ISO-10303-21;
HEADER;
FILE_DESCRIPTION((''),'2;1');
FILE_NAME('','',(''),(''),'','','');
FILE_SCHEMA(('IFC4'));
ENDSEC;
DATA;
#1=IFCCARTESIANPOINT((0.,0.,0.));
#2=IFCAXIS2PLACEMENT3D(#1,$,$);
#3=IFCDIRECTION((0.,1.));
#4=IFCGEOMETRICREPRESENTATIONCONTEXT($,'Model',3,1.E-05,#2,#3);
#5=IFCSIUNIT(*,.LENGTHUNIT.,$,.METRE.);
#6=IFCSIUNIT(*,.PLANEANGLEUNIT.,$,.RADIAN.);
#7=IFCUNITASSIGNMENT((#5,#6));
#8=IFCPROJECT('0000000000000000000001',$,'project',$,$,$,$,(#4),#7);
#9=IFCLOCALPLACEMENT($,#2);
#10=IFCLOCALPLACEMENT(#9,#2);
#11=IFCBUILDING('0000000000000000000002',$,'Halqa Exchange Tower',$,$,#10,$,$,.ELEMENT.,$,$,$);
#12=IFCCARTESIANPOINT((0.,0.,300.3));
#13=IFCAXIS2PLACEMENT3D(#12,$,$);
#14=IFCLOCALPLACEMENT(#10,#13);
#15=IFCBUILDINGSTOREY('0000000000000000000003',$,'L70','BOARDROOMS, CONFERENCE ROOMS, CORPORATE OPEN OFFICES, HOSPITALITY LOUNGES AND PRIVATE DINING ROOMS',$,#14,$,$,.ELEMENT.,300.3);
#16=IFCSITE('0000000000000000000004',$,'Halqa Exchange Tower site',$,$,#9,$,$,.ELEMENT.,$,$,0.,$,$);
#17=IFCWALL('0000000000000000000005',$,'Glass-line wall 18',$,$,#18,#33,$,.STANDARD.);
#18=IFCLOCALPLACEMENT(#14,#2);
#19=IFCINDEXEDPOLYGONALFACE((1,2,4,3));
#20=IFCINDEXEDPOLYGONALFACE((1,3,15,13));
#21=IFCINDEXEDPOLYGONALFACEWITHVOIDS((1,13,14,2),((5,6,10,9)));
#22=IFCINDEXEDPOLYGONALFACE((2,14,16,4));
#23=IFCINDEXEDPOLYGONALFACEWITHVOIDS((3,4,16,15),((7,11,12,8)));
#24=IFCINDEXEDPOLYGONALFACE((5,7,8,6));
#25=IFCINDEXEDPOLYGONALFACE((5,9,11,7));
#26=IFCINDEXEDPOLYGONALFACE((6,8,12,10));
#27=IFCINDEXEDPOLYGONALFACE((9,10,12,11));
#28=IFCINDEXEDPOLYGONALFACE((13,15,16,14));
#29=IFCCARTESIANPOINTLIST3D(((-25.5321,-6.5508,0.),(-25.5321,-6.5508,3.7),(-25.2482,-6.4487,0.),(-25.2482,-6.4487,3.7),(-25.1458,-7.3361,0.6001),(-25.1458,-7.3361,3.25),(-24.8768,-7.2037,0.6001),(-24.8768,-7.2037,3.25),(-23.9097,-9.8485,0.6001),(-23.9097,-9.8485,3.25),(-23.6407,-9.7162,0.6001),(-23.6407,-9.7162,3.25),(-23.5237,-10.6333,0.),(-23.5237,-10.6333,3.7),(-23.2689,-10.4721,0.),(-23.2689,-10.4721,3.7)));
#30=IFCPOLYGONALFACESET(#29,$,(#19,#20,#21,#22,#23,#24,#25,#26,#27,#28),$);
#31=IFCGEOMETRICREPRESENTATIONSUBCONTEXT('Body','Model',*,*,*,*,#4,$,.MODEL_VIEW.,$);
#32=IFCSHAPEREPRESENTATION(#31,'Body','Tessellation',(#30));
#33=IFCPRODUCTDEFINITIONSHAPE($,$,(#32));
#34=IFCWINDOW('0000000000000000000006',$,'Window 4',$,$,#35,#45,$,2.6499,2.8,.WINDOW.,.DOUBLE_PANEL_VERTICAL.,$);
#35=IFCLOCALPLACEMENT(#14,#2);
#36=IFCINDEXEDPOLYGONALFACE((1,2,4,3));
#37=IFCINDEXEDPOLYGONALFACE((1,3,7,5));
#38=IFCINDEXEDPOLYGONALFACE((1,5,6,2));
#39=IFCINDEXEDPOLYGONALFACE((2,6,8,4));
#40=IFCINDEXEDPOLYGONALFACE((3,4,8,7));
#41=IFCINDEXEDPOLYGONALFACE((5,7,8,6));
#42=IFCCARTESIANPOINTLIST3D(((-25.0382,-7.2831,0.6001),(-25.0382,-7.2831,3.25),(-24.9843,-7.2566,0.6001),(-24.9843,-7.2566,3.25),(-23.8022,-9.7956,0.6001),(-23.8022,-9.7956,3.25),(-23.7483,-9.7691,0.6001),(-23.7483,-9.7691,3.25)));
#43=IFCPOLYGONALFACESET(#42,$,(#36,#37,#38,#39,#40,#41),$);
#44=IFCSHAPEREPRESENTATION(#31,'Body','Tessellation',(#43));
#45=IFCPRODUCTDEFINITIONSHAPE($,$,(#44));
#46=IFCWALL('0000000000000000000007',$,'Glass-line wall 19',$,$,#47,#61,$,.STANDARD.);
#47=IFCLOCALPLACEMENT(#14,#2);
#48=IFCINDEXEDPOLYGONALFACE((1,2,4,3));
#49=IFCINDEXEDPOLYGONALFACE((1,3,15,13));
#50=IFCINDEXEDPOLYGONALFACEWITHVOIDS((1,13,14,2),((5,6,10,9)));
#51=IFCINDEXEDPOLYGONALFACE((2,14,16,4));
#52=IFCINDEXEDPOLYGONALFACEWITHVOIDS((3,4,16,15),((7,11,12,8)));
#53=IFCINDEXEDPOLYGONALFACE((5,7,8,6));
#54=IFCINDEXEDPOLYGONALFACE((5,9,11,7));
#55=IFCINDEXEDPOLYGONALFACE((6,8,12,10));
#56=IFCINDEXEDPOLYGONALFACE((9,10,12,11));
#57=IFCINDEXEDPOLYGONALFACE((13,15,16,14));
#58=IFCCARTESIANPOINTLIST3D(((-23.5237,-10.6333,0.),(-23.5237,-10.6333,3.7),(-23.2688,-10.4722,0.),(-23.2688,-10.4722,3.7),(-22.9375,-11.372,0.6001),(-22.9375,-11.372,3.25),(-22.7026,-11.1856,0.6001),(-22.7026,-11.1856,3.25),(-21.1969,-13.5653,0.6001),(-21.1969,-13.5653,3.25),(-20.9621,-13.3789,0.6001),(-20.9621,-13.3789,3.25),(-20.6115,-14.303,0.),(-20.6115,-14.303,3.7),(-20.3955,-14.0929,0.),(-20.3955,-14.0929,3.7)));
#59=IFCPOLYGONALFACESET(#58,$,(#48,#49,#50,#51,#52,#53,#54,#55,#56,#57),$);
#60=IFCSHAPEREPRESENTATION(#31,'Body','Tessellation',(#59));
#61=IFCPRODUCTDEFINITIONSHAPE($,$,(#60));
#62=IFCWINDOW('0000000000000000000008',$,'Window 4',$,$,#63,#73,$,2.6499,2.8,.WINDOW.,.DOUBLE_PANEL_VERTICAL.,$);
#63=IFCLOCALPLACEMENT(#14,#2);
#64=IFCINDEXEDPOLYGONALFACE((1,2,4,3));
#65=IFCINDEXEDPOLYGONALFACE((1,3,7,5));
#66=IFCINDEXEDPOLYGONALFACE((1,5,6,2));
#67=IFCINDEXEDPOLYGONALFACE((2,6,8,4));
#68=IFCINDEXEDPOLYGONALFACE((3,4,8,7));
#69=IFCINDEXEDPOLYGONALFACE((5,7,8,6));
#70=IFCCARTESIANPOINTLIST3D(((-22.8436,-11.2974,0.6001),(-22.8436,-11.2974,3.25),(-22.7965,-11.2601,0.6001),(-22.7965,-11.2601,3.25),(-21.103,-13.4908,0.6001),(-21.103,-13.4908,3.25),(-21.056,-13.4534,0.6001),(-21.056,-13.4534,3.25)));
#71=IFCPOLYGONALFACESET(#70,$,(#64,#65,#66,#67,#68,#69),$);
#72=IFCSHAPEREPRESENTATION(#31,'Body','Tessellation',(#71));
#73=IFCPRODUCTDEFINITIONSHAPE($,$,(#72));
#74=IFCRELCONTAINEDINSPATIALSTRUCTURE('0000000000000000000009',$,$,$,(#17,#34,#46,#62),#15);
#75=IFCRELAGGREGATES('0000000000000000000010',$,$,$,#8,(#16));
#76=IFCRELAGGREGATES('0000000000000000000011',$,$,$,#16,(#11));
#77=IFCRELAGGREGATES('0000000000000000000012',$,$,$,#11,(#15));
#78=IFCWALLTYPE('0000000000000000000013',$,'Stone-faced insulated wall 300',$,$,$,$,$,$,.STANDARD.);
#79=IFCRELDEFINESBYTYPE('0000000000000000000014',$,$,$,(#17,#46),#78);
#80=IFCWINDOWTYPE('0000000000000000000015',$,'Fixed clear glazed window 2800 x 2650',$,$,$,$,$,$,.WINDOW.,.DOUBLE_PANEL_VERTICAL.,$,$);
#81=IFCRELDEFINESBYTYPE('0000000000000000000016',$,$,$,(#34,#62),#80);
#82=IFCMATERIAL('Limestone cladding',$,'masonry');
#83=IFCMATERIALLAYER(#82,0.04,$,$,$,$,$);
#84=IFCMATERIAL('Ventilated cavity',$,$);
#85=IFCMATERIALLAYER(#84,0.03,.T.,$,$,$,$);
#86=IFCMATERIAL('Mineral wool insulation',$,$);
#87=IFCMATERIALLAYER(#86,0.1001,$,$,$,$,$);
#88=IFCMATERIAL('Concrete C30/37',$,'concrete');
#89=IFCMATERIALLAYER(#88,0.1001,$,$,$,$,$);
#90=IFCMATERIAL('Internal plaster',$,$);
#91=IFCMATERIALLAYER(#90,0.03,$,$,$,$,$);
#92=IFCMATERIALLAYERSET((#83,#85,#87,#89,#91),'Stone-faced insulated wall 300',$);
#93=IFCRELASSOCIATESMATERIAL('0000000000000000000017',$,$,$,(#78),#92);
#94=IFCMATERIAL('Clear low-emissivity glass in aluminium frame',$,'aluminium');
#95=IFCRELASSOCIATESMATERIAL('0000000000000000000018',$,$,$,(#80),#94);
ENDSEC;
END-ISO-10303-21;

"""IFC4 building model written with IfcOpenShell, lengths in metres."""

from ifc_helpers import new_model, si_unit, direction, frame, frame_2d, origin, place, context, subcontext, project, spatial, polyline, rectangle, outline, extrude, material, layer, layer_set, type_object, element, fill, save


model = new_model("IFC4")

# Units and contexts
model_context = context("Model", 3, precision=1e-05, world=origin(), true_north=direction((0.0, 1.0)))
body_context = subcontext(model_context, "Body", "Model", "MODEL_VIEW")
ifc_project = project(units=[si_unit("LENGTHUNIT", "METRE"), si_unit("PLANEANGLEUNIT", "RADIAN")], contexts=[model_context])

# Site, building, storey
site_placement = place(None, origin())
site = spatial("IfcSite", under=ifc_project, at=site_placement, Name="Halqa Exchange Tower site", CompositionType="ELEMENT", RefElevation=0.0)
building_placement = place(site_placement, origin())
building = spatial("IfcBuilding", under=site, at=building_placement, Name="Halqa Exchange Tower", CompositionType="ELEMENT")
storey_placement = place(building_placement, frame((0.0, 0.0, 300.3)))
storey = spatial("IfcBuildingStorey", under=building, at=storey_placement, Name="L70", Description="BOARDROOMS, CONFERENCE ROOMS, CORPORATE OPEN OFFICES, HOSPITALITY LOUNGES AND PRIVATE DINING ROOMS", CompositionType="ELEMENT", Elevation=300.3)

# Walls, openings, windows
ifc_material_1 = material(Name="Limestone cladding", Category="masonry")
ifc_layer_1 = layer(ifc_material_1, 0.04)
ifc_material_2 = material(Name="Ventilated cavity")
ifc_layer_2 = layer(ifc_material_2, 0.03, ventilated=True)
ifc_material_3 = material(Name="Mineral wool insulation")
ifc_layer_3 = layer(ifc_material_3, 0.1001)
ifc_material_4 = material(Name="Concrete C30/37", Category="concrete")
ifc_layer_4 = layer(ifc_material_4, 0.1001)
ifc_material_5 = material(Name="Internal plaster")
ifc_layer_5 = layer(ifc_material_5, 0.03)
ifc_layer_set_1 = layer_set([ifc_layer_1, ifc_layer_2, ifc_layer_3, ifc_layer_4, ifc_layer_5], Name="Stone-faced insulated wall 300")
wall_type_1 = type_object("IfcWallType", Name="Stone-faced insulated wall 300", PredefinedType="STANDARD", material=ifc_layer_set_1)
ifc_material_6 = material(Name="Clear low-emissivity glass in aluminium frame", Category="aluminium")
window_type = type_object("IfcWindowType", Name="Fixed clear glazed window 2800 x 2650", PartitioningType="DOUBLE_PANEL_VERTICAL", PredefinedType="WINDOW", material=ifc_material_6)
wall_1_placement = place(storey_placement, frame((-25.3901, -6.4998, 0.0), z_axis=(0.0, 0.0, 1.0), x_axis=(0.441432, -0.897295, 0.0)))
wall_1 = element("IfcWall", 1, at=wall_1_placement, inside=storey, type_object=wall_type_1, Name="Glass-line wall 18", PredefinedType="STANDARD", context=body_context, shape_type="SweptSolid", body=[
    extrude(outline(polyline([(-0.0168, -0.1499), (4.533, -0.1499), (4.5007, 0.1499), (0.0168, 0.1499), (-0.0168, -0.1499)])), origin(), (0.0, 0.0, 1.0), 3.7),
])
opening_1_placement = place(wall_1_placement, frame((0.8584, 0.0, 0.6001)))
opening_1 = element("IfcOpeningElement", 2, at=opening_1_placement, cuts=wall_1, PredefinedType="OPENING", context=body_context, shape_type="SweptSolid", body=[
    extrude(rectangle(XDim=2.8, YDim=2.6499, at=frame_2d((1.3999, 1.325))), frame((0.0, 0.1621, 0.0), z_axis=(0.0, -1.0, 0.0), x_axis=(1.0, 0.0, 0.0)), (0.0, 0.0, 1.0), 0.324),
])
window_1_placement = place(opening_1_placement, origin())
window_1 = element("IfcWindow", 3, at=window_1_placement, inside=storey, type_object=window_type, Name="Window 4", OverallHeight=2.6499, OverallWidth=2.8, PartitioningType="DOUBLE_PANEL_VERTICAL", PredefinedType="WINDOW", context=body_context, shape_type="SweptSolid", body=[
    extrude(rectangle(XDim=2.8, YDim=2.6499, at=frame_2d((1.3999, 1.325))), frame((0.0, 0.03, 0.0), z_axis=(0.0, -1.0, 0.0), x_axis=(1.0, 0.0, 0.0)), (0.0, 0.0, 1.0), 0.0601),
])
fill(opening_1, window_1)
wall_2_placement = place(storey_placement, frame((-23.3962, -10.5527, 0.0), z_axis=(0.0, 0.0, 1.0), x_axis=(0.621626, -0.783314, 0.0)))
wall_2 = element("IfcWall", 4, at=wall_2_placement, inside=storey, type_object=wall_type_1, Name="Glass-line wall 19", PredefinedType="STANDARD", context=body_context, shape_type="SweptSolid", body=[
    extrude(outline(polyline([(-0.0161, -0.1499), (4.6687, -0.1499), (4.6384, 0.1499), (0.0161, 0.1499), (-0.0161, -0.1499)])), origin(), (0.0, 0.0, 1.0), 3.7),
])
opening_2_placement = place(wall_2_placement, frame((0.927, 0.0, 0.6001)))
opening_2 = element("IfcOpeningElement", 5, at=opening_2_placement, cuts=wall_2, PredefinedType="OPENING", context=body_context, shape_type="SweptSolid", body=[
    extrude(rectangle(XDim=2.8, YDim=2.6499, at=frame_2d((1.3999, 1.325))), frame((0.0, 0.1621, 0.0), z_axis=(0.0, -1.0, 0.0), x_axis=(1.0, 0.0, 0.0)), (0.0, 0.0, 1.0), 0.324),
])
window_2_placement = place(opening_2_placement, origin())
window_2 = element("IfcWindow", 6, at=window_2_placement, inside=storey, type_object=window_type, Name="Window 4", OverallHeight=2.6499, OverallWidth=2.8, PartitioningType="DOUBLE_PANEL_VERTICAL", PredefinedType="WINDOW", context=body_context, shape_type="SweptSolid", body=[
    extrude(rectangle(XDim=2.8, YDim=2.6499, at=frame_2d((1.3999, 1.325))), frame((0.0, 0.03, 0.0), z_axis=(0.0, -1.0, 0.0), x_axis=(1.0, 0.0, 0.0)), (0.0, 0.0, 1.0), 0.0601),
])
fill(opening_2, window_2)

save(model, "model.ifc")
